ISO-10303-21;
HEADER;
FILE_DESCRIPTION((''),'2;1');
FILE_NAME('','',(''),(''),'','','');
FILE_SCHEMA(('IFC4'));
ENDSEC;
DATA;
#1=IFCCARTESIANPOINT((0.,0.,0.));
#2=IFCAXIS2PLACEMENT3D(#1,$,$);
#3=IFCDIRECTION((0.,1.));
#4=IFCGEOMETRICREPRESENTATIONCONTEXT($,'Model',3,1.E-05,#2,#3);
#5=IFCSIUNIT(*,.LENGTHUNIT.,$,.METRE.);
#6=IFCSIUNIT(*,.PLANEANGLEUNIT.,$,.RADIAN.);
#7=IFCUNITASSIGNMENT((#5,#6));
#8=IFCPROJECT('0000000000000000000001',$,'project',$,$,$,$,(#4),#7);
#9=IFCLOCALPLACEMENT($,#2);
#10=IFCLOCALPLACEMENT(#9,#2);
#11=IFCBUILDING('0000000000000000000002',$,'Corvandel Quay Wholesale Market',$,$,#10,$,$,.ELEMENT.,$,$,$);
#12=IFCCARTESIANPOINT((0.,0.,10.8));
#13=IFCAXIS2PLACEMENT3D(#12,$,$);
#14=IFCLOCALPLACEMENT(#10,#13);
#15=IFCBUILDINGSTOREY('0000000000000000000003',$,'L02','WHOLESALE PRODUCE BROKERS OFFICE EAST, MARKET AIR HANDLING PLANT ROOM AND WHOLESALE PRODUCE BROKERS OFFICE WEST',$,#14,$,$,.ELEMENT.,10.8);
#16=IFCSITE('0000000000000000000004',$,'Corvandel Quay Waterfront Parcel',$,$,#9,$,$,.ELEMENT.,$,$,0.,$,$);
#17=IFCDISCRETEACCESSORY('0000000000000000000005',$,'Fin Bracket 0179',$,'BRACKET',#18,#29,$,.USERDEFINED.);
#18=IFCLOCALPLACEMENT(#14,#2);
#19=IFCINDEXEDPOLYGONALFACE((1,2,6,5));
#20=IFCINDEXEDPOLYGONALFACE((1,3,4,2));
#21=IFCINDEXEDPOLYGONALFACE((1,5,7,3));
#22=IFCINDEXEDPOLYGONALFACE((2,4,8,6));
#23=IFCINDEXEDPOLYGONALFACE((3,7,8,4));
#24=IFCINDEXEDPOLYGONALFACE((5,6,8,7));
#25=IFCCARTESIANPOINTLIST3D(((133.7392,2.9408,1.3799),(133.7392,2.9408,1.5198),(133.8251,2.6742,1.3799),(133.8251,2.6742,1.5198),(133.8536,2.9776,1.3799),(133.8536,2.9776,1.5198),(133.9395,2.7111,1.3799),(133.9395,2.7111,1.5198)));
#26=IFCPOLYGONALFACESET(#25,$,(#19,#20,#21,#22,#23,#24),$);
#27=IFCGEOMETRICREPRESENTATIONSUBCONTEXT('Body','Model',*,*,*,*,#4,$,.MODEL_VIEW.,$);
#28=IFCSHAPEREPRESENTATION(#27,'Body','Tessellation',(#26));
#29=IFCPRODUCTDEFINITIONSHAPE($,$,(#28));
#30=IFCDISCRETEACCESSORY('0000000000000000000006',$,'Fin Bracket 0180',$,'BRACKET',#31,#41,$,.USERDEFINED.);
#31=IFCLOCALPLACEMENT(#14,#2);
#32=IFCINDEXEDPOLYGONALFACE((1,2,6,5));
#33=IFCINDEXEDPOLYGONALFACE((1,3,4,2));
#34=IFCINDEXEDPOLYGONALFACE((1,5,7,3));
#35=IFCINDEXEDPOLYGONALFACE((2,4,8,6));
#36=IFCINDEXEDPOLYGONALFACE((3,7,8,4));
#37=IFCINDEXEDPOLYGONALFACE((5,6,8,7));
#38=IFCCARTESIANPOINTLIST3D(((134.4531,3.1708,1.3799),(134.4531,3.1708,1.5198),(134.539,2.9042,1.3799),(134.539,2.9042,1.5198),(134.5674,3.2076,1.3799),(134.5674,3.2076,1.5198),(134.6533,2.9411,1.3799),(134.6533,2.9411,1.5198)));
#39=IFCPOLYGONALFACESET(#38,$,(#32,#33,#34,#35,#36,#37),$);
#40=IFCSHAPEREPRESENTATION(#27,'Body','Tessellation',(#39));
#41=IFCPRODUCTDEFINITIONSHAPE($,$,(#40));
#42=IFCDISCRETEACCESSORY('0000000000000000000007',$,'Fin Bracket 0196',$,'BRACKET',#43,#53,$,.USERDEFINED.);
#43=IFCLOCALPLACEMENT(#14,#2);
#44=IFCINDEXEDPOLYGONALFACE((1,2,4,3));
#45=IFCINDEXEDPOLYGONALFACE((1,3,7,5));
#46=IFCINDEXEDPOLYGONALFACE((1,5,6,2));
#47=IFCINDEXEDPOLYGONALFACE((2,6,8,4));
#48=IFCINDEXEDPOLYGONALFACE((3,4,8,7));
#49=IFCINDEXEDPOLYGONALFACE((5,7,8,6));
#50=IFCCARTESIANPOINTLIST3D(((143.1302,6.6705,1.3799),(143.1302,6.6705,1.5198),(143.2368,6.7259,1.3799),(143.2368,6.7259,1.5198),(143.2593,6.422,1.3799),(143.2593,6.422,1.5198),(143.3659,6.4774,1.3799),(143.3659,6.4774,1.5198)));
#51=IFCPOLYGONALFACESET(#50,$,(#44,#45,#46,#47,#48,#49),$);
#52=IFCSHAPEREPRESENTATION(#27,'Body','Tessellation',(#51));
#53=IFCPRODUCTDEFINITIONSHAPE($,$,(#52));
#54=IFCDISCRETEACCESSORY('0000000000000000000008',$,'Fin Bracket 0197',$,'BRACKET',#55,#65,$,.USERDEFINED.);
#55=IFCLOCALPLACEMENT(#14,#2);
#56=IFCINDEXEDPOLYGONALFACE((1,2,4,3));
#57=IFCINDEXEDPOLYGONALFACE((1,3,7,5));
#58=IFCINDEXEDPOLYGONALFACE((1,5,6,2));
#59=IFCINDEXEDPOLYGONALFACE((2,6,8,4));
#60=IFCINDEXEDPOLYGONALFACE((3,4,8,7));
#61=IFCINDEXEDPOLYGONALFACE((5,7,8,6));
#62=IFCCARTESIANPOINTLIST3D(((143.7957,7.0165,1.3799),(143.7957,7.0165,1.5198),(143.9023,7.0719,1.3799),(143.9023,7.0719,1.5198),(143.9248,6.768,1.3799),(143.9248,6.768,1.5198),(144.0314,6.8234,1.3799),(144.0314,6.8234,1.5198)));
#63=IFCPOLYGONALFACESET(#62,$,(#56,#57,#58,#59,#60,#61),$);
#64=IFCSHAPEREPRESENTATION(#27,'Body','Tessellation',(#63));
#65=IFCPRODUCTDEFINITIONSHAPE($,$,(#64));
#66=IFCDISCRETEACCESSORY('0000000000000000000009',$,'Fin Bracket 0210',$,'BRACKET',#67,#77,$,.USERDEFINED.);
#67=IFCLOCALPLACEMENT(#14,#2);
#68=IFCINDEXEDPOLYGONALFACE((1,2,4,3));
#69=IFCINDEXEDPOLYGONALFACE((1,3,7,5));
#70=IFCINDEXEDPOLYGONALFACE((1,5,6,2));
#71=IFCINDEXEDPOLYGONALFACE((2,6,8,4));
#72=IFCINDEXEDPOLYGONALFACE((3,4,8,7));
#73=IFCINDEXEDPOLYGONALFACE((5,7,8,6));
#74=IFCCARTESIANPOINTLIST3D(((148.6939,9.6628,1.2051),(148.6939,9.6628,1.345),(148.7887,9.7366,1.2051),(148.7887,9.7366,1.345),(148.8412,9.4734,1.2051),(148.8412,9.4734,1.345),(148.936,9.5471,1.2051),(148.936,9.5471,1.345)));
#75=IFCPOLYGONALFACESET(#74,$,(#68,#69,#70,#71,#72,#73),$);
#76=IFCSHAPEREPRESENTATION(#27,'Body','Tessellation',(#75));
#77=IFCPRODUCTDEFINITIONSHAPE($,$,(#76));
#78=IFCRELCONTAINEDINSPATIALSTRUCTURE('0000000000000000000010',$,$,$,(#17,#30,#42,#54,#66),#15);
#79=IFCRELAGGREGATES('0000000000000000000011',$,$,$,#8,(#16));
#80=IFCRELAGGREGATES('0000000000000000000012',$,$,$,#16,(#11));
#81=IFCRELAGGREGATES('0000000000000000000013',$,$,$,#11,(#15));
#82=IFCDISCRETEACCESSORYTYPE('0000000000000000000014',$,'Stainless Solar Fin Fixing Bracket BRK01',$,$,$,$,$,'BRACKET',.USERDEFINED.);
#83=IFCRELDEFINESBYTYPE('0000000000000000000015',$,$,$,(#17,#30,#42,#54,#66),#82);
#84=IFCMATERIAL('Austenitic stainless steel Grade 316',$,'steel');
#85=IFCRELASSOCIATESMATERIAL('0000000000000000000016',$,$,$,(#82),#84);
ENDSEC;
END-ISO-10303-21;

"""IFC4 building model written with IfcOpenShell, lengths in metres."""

from ifc_helpers import new_model, si_unit, direction, frame, origin, origin_2d, place, context, subcontext, project, spatial, rectangle, extrude, material, type_object, element, save


model = new_model("IFC4")

# Units and contexts
model_context = context("Model", 3, precision=1e-05, world=origin(), true_north=direction((0.0, 1.0)))
body_context = subcontext(model_context, "Body", "Model", "MODEL_VIEW")
ifc_project = project(units=[si_unit("LENGTHUNIT", "METRE"), si_unit("PLANEANGLEUNIT", "RADIAN")], contexts=[model_context])

# Site, building, storey
site_placement = place(None, origin())
site = spatial("IfcSite", under=ifc_project, at=site_placement, Name="Corvandel Quay Waterfront Parcel", CompositionType="ELEMENT", RefElevation=0.0)
building_placement = place(site_placement, origin())
building = spatial("IfcBuilding", under=site, at=building_placement, Name="Corvandel Quay Wholesale Market", CompositionType="ELEMENT")
storey_placement = place(building_placement, frame((0.0, 0.0, 10.8)))
storey = spatial("IfcBuildingStorey", under=building, at=storey_placement, Name="L02", Description="WHOLESALE PRODUCE BROKERS OFFICE EAST, MARKET AIR HANDLING PLANT ROOM AND WHOLESALE PRODUCE BROKERS OFFICE WEST", CompositionType="ELEMENT", Elevation=10.8)

# Discrete accessories
ifc_material_1 = material(Name="Austenitic stainless steel Grade 316", Category="steel")
discrete_accessory_type = type_object("IfcDiscreteAccessoryType", Name="Stainless Solar Fin Fixing Bracket BRK01", ElementType="BRACKET", PredefinedType="USERDEFINED", material=ifc_material_1)
for number, where, z_axis, x_axis, name in (
    (1, (133.8394, 2.8259, 1.3799), (0.0, 0.0, 1.0), (-0.306692, 0.951809, 0.0), "Fin Bracket 0179"),
    (2, (134.5532, 3.0559, 1.3799), (0.0, 0.0, 1.0), (-0.306692, 0.951809, 0.0), "Fin Bracket 0180"),
    (3, (143.248, 6.574, 1.3799), (0.0, 0.0, 1.0), (-0.461129, 0.887333, 0.0), "Fin Bracket 0196"),
    (4, (143.9136, 6.9199, 1.3799), (0.0, 0.0, 1.0), (-0.461129, 0.887333, 0.0), "Fin Bracket 0197"),
):
    element("IfcDiscreteAccessory", number, at=place(storey_placement, frame(where, z_axis=z_axis, x_axis=x_axis)), inside=storey, type_object=discrete_accessory_type, Name=name, ObjectType="BRACKET", PredefinedType="USERDEFINED", context=body_context, shape_type="SweptSolid", body=[
        extrude(rectangle(XDim=0.28, YDim=0.1201, at=origin_2d()), origin(), (0.0, 0.0, 1.0), 0.1399),
    ])
discrete_accessory_placement = place(storey_placement, frame((148.8149, 9.605, 1.2051), z_axis=(0.0, 0.0, 1.0), x_axis=(-0.61401, 0.789298, 0.0)))
element("IfcDiscreteAccessory", 5, at=discrete_accessory_placement, inside=storey, type_object=discrete_accessory_type, Name="Fin Bracket 0210", ObjectType="BRACKET", PredefinedType="USERDEFINED", context=body_context, shape_type="SweptSolid", body=[
    extrude(rectangle(XDim=0.24, YDim=0.1201, at=origin_2d()), origin(), (0.0, 0.0, 1.0), 0.1399),
])

save(model, "model.ifc")
